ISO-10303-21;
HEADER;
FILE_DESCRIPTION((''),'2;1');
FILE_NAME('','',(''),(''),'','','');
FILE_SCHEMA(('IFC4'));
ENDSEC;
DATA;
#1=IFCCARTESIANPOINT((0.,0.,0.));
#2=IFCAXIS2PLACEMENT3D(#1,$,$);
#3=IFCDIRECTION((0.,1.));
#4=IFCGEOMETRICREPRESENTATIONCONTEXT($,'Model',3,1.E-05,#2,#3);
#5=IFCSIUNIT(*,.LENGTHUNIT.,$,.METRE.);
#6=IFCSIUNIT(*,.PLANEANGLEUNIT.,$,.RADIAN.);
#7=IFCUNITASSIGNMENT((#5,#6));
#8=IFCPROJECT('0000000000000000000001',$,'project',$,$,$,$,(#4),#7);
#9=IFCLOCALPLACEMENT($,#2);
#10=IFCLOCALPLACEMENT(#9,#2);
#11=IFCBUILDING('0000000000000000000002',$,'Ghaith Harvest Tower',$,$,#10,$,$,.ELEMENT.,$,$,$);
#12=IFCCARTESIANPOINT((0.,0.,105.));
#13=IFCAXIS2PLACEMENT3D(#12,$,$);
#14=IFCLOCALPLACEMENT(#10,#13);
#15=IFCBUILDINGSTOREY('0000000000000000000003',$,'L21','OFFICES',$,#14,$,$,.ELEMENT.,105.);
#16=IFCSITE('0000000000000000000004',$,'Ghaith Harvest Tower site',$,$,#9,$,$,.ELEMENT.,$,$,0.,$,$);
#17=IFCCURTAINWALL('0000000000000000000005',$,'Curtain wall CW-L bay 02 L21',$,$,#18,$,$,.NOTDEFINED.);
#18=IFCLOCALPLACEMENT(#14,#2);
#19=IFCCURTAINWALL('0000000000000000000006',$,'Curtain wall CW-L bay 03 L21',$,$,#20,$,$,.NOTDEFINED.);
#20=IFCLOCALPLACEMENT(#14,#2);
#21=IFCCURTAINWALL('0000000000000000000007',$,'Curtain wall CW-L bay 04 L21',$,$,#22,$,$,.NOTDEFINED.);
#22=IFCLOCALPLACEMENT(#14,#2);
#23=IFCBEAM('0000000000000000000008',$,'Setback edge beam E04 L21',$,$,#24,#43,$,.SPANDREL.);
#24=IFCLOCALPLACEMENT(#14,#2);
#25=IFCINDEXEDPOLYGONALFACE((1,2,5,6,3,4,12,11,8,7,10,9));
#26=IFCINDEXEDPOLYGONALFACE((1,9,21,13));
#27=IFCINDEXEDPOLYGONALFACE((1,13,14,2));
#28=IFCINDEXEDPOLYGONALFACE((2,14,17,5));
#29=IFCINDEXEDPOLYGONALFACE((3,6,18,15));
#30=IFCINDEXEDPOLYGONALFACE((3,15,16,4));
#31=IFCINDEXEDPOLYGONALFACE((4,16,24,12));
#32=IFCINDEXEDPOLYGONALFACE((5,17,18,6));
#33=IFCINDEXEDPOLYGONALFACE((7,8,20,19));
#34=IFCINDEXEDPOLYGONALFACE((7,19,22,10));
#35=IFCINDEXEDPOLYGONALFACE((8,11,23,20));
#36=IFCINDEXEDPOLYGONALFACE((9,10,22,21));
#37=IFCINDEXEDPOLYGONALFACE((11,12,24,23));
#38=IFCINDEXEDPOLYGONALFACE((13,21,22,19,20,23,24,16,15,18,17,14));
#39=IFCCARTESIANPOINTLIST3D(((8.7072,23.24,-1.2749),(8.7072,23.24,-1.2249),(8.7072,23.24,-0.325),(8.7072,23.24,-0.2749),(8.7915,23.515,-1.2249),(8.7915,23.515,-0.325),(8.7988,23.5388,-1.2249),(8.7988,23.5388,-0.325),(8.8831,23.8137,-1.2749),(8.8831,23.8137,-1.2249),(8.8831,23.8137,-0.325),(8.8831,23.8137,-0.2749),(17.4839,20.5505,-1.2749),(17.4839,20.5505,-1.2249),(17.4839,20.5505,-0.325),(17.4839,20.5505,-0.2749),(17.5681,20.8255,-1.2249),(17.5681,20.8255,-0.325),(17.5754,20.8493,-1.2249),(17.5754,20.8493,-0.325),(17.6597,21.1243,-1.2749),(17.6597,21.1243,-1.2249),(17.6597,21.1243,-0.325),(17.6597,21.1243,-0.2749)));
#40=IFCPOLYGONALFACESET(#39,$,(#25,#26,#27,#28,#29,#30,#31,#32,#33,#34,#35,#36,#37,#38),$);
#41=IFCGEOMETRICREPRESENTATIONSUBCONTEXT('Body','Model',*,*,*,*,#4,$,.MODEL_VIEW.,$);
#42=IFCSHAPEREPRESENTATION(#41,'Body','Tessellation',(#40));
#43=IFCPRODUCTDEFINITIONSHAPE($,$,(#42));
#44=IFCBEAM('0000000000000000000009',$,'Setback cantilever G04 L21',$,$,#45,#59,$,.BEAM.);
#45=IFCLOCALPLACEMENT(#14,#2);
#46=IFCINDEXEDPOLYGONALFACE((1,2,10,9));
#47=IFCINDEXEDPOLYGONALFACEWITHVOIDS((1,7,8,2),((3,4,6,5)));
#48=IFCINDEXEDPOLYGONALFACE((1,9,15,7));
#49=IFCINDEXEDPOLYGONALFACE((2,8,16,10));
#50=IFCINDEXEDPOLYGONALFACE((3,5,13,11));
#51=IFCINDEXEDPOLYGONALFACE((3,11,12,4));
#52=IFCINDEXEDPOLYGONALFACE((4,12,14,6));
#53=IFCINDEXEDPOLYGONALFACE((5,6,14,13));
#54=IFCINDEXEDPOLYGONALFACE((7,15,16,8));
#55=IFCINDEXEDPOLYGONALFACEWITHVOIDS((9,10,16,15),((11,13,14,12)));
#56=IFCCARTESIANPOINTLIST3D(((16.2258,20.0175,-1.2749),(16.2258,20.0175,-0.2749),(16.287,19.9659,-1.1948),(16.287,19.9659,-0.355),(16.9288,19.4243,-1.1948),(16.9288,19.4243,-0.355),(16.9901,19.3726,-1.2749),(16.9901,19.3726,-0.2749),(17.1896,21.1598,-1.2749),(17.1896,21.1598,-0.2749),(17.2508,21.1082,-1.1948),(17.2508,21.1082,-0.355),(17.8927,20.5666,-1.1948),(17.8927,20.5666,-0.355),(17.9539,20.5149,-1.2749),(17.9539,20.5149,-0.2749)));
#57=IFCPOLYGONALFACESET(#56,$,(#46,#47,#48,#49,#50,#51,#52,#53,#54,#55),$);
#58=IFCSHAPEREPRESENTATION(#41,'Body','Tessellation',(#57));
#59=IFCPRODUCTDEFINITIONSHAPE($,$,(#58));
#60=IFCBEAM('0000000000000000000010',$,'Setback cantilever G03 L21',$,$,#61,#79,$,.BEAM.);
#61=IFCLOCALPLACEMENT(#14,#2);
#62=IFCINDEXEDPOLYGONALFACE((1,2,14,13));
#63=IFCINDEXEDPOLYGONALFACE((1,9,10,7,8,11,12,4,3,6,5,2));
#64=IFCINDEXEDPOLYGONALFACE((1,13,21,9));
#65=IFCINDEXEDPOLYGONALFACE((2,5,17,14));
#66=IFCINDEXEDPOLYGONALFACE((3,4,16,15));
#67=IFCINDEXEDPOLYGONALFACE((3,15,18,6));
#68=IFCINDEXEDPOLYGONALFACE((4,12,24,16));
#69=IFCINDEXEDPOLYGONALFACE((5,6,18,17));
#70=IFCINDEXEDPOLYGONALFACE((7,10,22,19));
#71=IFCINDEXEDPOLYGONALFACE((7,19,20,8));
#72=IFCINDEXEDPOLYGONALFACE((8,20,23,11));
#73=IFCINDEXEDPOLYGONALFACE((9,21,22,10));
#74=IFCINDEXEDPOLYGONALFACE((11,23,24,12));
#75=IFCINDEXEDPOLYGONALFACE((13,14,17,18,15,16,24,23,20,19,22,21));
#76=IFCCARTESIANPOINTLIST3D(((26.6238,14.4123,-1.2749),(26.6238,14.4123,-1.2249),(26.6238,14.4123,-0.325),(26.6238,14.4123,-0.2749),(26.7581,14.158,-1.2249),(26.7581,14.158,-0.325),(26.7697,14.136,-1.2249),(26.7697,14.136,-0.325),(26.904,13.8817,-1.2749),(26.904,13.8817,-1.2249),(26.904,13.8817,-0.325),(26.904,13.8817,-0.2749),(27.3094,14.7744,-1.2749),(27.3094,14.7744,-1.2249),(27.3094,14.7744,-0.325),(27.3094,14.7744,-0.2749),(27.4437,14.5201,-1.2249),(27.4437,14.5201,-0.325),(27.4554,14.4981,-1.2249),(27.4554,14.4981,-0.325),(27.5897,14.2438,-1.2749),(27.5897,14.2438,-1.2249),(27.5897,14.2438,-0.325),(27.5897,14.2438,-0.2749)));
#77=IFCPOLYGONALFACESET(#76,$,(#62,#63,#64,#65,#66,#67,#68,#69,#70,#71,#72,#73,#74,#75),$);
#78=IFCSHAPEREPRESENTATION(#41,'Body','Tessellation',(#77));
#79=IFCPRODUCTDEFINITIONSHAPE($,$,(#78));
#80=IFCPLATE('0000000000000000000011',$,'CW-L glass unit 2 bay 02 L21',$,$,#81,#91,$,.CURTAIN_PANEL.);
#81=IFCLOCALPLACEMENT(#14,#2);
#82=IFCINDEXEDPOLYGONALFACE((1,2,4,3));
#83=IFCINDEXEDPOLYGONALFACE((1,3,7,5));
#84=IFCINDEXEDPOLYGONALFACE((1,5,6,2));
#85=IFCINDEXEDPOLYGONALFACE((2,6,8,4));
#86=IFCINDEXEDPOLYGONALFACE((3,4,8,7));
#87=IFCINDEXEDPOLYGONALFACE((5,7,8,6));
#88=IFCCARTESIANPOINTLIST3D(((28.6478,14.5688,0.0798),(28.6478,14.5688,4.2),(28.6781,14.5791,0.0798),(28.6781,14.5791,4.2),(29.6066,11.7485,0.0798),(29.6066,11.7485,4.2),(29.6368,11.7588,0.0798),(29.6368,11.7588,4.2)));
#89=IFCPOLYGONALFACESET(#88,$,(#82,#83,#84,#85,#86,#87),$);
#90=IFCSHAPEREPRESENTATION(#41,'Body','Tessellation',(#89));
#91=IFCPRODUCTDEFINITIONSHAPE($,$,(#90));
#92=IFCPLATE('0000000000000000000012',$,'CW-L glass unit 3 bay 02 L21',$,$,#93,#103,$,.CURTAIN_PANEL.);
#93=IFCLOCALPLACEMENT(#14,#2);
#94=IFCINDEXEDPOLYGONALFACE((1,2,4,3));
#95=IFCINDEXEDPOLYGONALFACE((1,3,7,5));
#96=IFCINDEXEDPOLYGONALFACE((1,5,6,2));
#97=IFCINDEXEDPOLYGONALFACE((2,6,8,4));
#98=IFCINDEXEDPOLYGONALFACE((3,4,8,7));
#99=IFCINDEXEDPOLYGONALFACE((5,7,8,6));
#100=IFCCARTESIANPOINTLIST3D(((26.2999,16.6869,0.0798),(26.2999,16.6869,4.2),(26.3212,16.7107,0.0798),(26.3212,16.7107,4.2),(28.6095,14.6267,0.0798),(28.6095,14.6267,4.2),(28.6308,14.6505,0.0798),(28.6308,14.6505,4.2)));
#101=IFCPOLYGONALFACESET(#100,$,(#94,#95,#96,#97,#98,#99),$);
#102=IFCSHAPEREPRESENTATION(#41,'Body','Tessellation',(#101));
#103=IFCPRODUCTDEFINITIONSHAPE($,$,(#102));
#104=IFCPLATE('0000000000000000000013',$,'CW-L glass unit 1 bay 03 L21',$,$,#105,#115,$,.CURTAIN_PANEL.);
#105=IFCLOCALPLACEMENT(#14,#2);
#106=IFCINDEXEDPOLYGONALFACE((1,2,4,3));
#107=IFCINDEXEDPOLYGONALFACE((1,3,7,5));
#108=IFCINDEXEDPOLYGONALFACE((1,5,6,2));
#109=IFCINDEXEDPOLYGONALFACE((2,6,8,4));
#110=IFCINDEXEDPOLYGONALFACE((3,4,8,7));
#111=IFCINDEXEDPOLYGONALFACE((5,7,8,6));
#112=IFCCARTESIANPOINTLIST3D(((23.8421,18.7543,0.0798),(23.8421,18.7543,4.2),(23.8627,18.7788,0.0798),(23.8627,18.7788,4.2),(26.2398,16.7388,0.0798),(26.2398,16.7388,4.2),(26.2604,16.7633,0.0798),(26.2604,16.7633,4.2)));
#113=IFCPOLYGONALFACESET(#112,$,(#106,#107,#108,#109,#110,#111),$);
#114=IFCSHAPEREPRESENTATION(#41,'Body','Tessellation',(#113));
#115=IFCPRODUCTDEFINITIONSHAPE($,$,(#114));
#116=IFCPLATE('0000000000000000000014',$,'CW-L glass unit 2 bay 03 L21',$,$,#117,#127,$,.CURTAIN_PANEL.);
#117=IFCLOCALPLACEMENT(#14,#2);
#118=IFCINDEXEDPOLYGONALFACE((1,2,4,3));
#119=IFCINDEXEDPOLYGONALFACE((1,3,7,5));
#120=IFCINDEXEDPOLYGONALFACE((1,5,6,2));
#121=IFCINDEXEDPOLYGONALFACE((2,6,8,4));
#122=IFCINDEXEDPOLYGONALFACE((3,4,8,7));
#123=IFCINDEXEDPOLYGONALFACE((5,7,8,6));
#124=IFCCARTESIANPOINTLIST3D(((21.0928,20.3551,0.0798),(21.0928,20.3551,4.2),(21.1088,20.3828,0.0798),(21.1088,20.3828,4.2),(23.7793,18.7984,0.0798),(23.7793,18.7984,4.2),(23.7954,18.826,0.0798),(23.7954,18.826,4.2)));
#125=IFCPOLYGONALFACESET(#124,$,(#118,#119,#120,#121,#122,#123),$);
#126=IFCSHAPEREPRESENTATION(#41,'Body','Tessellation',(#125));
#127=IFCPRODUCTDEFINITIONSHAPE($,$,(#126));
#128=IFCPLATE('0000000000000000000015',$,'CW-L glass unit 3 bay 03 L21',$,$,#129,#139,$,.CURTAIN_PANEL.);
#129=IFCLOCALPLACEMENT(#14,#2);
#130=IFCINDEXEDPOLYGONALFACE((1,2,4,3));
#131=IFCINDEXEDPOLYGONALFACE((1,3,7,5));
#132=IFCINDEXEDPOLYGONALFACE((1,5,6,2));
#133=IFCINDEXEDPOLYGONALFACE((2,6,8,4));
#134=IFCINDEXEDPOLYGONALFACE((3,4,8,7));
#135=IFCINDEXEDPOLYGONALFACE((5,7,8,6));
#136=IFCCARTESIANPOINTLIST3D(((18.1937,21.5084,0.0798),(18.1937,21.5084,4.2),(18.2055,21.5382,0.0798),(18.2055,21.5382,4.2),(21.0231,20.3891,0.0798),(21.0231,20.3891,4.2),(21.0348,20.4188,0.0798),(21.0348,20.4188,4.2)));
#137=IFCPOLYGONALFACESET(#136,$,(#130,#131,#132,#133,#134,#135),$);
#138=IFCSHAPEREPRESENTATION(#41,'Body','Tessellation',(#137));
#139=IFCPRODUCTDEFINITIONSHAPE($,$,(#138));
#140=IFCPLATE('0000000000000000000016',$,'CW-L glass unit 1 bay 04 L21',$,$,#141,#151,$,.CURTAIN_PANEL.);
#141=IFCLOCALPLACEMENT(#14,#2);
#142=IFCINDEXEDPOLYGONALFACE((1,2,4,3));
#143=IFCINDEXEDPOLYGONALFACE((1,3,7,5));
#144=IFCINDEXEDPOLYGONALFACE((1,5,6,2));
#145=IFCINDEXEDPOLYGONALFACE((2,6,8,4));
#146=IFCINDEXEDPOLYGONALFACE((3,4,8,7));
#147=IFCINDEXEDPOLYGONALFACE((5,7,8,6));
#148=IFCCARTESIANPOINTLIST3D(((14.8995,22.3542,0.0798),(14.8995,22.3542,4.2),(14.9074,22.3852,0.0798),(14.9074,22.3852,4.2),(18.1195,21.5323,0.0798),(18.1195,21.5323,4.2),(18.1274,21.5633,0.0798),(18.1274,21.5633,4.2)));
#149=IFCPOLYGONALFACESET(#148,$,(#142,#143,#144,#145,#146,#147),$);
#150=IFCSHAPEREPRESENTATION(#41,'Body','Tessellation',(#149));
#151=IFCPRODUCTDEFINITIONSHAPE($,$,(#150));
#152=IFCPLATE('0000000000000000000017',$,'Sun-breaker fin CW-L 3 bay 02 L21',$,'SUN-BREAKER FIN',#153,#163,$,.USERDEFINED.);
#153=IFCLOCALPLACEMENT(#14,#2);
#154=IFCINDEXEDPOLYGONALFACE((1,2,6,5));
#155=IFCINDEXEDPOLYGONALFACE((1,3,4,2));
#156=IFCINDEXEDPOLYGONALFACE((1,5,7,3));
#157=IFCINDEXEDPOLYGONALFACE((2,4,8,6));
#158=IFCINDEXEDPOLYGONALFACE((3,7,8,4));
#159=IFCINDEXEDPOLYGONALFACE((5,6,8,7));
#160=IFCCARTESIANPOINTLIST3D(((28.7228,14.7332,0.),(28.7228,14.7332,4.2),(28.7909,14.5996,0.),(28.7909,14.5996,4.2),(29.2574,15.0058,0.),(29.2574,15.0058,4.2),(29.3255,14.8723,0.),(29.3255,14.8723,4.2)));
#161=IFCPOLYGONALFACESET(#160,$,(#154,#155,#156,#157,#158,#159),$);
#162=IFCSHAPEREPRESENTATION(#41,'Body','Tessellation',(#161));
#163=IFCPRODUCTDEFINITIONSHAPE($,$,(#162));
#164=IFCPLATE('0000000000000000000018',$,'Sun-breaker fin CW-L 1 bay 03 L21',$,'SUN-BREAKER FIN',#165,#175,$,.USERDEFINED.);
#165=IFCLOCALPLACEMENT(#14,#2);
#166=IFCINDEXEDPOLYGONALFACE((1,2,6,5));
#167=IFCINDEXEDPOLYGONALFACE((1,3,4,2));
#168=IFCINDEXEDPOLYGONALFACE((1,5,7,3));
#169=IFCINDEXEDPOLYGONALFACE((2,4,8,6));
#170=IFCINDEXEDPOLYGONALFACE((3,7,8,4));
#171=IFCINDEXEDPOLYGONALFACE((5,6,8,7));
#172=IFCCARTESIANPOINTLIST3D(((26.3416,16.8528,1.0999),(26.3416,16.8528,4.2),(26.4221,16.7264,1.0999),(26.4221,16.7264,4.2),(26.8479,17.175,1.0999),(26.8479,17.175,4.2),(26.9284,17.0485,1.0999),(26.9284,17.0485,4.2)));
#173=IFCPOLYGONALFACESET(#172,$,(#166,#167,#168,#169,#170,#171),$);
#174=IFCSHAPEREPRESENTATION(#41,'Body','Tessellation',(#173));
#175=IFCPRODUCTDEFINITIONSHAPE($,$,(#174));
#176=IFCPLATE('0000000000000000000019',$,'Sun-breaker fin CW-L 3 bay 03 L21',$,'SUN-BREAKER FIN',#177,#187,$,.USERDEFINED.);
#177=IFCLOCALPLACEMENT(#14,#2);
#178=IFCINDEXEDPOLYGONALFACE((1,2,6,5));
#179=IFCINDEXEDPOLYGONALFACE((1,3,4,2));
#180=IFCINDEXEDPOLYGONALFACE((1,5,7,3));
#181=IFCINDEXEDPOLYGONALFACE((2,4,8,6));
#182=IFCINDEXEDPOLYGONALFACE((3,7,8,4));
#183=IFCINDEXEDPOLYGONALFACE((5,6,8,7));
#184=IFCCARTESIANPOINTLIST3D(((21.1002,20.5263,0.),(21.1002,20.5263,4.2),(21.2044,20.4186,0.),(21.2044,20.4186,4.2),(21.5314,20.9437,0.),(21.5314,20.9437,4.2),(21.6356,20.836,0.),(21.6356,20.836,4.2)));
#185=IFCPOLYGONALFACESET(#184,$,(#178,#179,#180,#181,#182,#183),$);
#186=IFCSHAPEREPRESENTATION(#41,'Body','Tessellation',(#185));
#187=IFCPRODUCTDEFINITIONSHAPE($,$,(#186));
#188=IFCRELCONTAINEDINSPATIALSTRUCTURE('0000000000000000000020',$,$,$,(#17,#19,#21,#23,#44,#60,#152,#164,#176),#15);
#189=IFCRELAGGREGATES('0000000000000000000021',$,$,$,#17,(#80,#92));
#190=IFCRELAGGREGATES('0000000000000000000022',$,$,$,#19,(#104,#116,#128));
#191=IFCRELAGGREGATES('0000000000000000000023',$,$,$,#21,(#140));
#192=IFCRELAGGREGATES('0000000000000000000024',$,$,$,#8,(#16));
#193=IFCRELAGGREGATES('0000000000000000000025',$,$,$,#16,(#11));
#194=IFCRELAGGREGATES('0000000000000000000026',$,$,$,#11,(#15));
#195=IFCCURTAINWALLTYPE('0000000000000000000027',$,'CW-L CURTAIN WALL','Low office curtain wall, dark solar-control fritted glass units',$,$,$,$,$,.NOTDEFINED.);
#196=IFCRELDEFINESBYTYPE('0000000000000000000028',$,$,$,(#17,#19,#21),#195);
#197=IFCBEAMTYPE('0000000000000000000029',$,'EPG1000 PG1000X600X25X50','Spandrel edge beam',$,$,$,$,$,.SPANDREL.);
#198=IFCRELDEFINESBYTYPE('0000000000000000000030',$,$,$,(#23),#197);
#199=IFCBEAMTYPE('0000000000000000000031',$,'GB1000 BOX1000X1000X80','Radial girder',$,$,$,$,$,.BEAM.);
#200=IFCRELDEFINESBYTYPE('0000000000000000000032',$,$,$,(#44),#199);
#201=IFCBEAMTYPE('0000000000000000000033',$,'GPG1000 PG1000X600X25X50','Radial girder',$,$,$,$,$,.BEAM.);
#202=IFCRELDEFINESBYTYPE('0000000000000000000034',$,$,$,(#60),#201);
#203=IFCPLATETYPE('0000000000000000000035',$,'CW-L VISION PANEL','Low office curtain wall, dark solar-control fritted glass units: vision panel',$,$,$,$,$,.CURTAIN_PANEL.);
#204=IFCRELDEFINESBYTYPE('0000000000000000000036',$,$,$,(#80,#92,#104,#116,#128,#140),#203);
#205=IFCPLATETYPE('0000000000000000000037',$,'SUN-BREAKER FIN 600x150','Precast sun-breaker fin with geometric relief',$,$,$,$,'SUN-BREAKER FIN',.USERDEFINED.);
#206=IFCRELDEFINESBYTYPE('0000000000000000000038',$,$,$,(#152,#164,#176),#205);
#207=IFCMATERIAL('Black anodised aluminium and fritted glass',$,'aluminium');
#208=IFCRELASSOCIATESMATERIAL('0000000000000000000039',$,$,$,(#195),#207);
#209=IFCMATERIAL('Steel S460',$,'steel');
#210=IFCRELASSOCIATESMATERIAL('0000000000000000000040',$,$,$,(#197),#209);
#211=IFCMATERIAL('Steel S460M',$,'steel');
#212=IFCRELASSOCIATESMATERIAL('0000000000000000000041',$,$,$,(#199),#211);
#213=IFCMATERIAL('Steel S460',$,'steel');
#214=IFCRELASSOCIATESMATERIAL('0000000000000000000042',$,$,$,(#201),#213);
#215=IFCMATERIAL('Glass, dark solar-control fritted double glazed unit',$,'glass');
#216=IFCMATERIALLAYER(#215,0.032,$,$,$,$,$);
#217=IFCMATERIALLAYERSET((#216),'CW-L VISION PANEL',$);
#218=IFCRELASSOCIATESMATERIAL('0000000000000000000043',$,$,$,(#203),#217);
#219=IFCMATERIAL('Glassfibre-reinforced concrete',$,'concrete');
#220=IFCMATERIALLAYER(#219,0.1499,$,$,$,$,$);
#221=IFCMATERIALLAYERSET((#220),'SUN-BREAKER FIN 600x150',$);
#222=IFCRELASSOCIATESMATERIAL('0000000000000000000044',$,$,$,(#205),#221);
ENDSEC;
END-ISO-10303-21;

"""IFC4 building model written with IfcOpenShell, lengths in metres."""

from ifc_helpers import new_model, si_unit, direction, frame, origin, origin_2d, place, context, subcontext, project, spatial, rectangle, hollow_rectangle, i_section, extrude, material, layer, layer_set, material_profile, profile_set, type_object, element, aggregate, save


model = new_model("IFC4")

# Units and contexts
model_context = context("Model", 3, precision=1e-05, world=origin(), true_north=direction((0.0, 1.0)))
body_context = subcontext(model_context, "Body", "Model", "MODEL_VIEW")
ifc_project = project(units=[si_unit("LENGTHUNIT", "METRE"), si_unit("PLANEANGLEUNIT", "RADIAN")], contexts=[model_context])

# Site, building, storey
site_placement = place(None, origin())
site = spatial("IfcSite", under=ifc_project, at=site_placement, Name="Ghaith Harvest Tower site", CompositionType="ELEMENT", RefElevation=0.0)
building_placement = place(site_placement, origin())
building = spatial("IfcBuilding", under=site, at=building_placement, Name="Ghaith Harvest Tower", CompositionType="ELEMENT")
storey_placement = place(building_placement, frame((0.0, 0.0, 105.0)))
storey = spatial("IfcBuildingStorey", under=building, at=storey_placement, Name="L21", Description="OFFICES", CompositionType="ELEMENT", Elevation=105.0)

# Curtain wall
ifc_material_1 = material(Name="Black anodised aluminium and fritted glass", Category="aluminium")
curtain_wall_type = type_object("IfcCurtainWallType", Name="CW-L CURTAIN WALL", Description="Low office curtain wall, dark solar-control fritted glass units", PredefinedType="NOTDEFINED", material=ifc_material_1)
curtain_wall_1_placement = place(storey_placement, origin())
curtain_wall_1 = element("IfcCurtainWall", 1, at=curtain_wall_1_placement, inside=storey, type_object=curtain_wall_type, Name="Curtain wall CW-L bay 02 L21", PredefinedType="NOTDEFINED")

# Curtain wall
curtain_wall_2_placement = place(storey_placement, origin())
curtain_wall_2 = element("IfcCurtainWall", 2, at=curtain_wall_2_placement, inside=storey, type_object=curtain_wall_type, Name="Curtain wall CW-L bay 03 L21", PredefinedType="NOTDEFINED")

# Curtain wall
curtain_wall_3_placement = place(storey_placement, origin())
curtain_wall_3 = element("IfcCurtainWall", 3, at=curtain_wall_3_placement, inside=storey, type_object=curtain_wall_type, Name="Curtain wall CW-L bay 04 L21", PredefinedType="NOTDEFINED")

# Beams
ifc_material_2 = material(Name="Steel S460", Category="steel")
ifc_material_profile_1 = material_profile(ifc_material_2, i_section(OverallWidth=0.6001, OverallDepth=1.0, WebThickness=0.0249, FlangeThickness=0.05, at=origin_2d()), Name="PG1000X600X25X50")
ifc_profile_set_1 = profile_set([ifc_material_profile_1], Name="Steel S460")
beam_type_1 = type_object("IfcBeamType", Name="EPG1000 PG1000X600X25X50", Description="Spandrel edge beam", PredefinedType="SPANDREL", material=ifc_profile_set_1)
beam_1_placement = place(storey_placement, frame((17.5718, 20.8374, -0.7749), z_axis=(-0.956117, 0.292987, 0.0), x_axis=(-0.292987, -0.956117, 0.0)))
element("IfcBeam", 4, at=beam_1_placement, inside=storey, type_object=beam_type_1, Name="Setback edge beam E04 L21", PredefinedType="SPANDREL", context=body_context, shape_type="SweptSolid", body=[
    extrude(i_section(OverallWidth=0.6001, OverallDepth=1.0, WebThickness=0.0249, FlangeThickness=0.05, at=origin_2d()), origin(), (0.0, 0.0, 1.0), 9.1794),
])
ifc_material_3 = material(Name="Steel S460M", Category="steel")
ifc_material_profile_2 = material_profile(ifc_material_3, hollow_rectangle(XDim=1.0, YDim=1.0, WallThickness=0.0801, at=origin_2d()), Name="BOX1000X1000X80")
ifc_profile_set_2 = profile_set([ifc_material_profile_2], Name="Steel S460M")
beam_type_2 = type_object("IfcBeamType", Name="GB1000 BOX1000X1000X80", Description="Radial girder", PredefinedType="BEAM", material=ifc_profile_set_2)
beam_2_placement = place(storey_placement, frame((16.6079, 19.6951, -0.7749), z_axis=(0.64488, 0.764284, 0.0), x_axis=(-0.764284, 0.64488, 0.0)))
element("IfcBeam", 5, at=beam_2_placement, inside=storey, type_object=beam_type_2, Name="Setback cantilever G04 L21", PredefinedType="BEAM", context=body_context, shape_type="SweptSolid", body=[
    extrude(hollow_rectangle(XDim=1.0, YDim=1.0, WallThickness=0.0801, at=origin_2d()), origin(), (0.0, 0.0, 1.0), 1.4946),
])
ifc_material_4 = material(Name="Steel S460", Category="steel")
ifc_material_profile_3 = material_profile(ifc_material_4, i_section(OverallWidth=0.6001, OverallDepth=1.0, WebThickness=0.0249, FlangeThickness=0.05, at=origin_2d()), Name="PG1000X600X25X50")
ifc_profile_set_3 = profile_set([ifc_material_profile_3], Name="Steel S460")
beam_type_3 = type_object("IfcBeamType", Name="GPG1000 PG1000X600X25X50", Description="Radial girder", PredefinedType="BEAM", material=ifc_profile_set_3)
beam_3_placement = place(storey_placement, frame((26.7639, 14.147, -0.7749), z_axis=(0.884255, 0.467005, 0.0), x_axis=(-0.467005, 0.884255, 0.0)))
element("IfcBeam", 6, at=beam_3_placement, inside=storey, type_object=beam_type_3, Name="Setback cantilever G03 L21", PredefinedType="BEAM", context=body_context, shape_type="SweptSolid", body=[
    extrude(i_section(OverallWidth=0.6001, OverallDepth=1.0, WebThickness=0.0249, FlangeThickness=0.05, at=origin_2d()), origin(), (0.0, 0.0, 1.0), 0.7754),
])

# Plates
ifc_material_5 = material(Name="Glass, dark solar-control fritted double glazed unit", Category="glass")
ifc_layer_1 = layer(ifc_material_5, 0.032)
ifc_layer_set_1 = layer_set([ifc_layer_1], Name="CW-L VISION PANEL")
plate_type_1 = type_object("IfcPlateType", Name="CW-L VISION PANEL", Description="Low office curtain wall, dark solar-control fritted glass units: vision panel", PredefinedType="CURTAIN_PANEL", material=ifc_layer_set_1)
plate_1_placement = place(storey_placement, frame((29.1423, 13.1638, 0.0798), z_axis=(0.0, 0.0, 1.0), x_axis=(-0.321853, 0.94679, 0.0)))
plate_1 = element("IfcPlate", 7, at=plate_1_placement, type_object=plate_type_1, Name="CW-L glass unit 2 bay 02 L21", PredefinedType="CURTAIN_PANEL", context=body_context, shape_type="SweptSolid", body=[
    extrude(rectangle(XDim=2.9788, YDim=0.032, at=origin_2d()), origin(), (0.0, 0.0, 1.0), 4.1201),
])
plate_2_placement = place(storey_placement, frame((27.4653, 15.6687, 0.0798), z_axis=(0.0, 0.0, 1.0), x_axis=(-0.746251, 0.665665, 0.0)))
plate_2 = element("IfcPlate", 8, at=plate_2_placement, type_object=plate_type_1, Name="CW-L glass unit 3 bay 02 L21", PredefinedType="CURTAIN_PANEL", context=body_context, shape_type="SweptSolid", body=[
    extrude(rectangle(XDim=3.095, YDim=0.032, at=origin_2d()), origin(), (0.0, 0.0, 1.0), 4.1201),
])
aggregate(curtain_wall_1, [plate_1, plate_2])
plate_3_placement = place(storey_placement, frame((25.0513, 17.7588, 0.0798), z_axis=(0.0, 0.0, 1.0), x_axis=(-0.765473, 0.643468, 0.0)))
plate_3 = element("IfcPlate", 9, at=plate_3_placement, type_object=plate_type_1, Name="CW-L glass unit 1 bay 03 L21", PredefinedType="CURTAIN_PANEL", context=body_context, shape_type="SweptSolid", body=[
    extrude(rectangle(XDim=3.1323, YDim=0.032, at=origin_2d()), origin(), (0.0, 0.0, 1.0), 4.1201),
])
plate_4_placement = place(storey_placement, frame((22.4441, 19.5906, 0.0798), z_axis=(0.0, 0.0, 1.0), x_axis=(-0.865232, 0.501372, 0.0)))
plate_4 = element("IfcPlate", 10, at=plate_4_placement, type_object=plate_type_1, Name="CW-L glass unit 2 bay 03 L21", PredefinedType="CURTAIN_PANEL", context=body_context, shape_type="SweptSolid", body=[
    extrude(rectangle(XDim=3.105, YDim=0.032, at=origin_2d()), origin(), (0.0, 0.0, 1.0), 4.1201),
])
plate_5_placement = place(storey_placement, frame((19.6143, 20.9636, 0.0798), z_axis=(0.0, 0.0, 1.0), x_axis=(-0.929877, 0.367872, 0.0)))
plate_5 = element("IfcPlate", 11, at=plate_5_placement, type_object=plate_type_1, Name="CW-L glass unit 3 bay 03 L21", PredefinedType="CURTAIN_PANEL", context=body_context, shape_type="SweptSolid", body=[
    extrude(rectangle(XDim=3.0427, YDim=0.032, at=origin_2d()), origin(), (0.0, 0.0, 1.0), 4.1201),
])
aggregate(curtain_wall_2, [plate_3, plate_4, plate_5])
plate_6_placement = place(storey_placement, frame((16.5134, 21.9587, 0.0798), z_axis=(0.0, 0.0, 1.0), x_axis=(-0.968931, 0.247331, 0.0)))
plate_6 = element("IfcPlate", 12, at=plate_6_placement, type_object=plate_type_1, Name="CW-L glass unit 1 bay 04 L21", PredefinedType="CURTAIN_PANEL", context=body_context, shape_type="SweptSolid", body=[
    extrude(rectangle(XDim=3.3232, YDim=0.032, at=origin_2d()), origin(), (0.0, 0.0, 1.0), 4.1201),
])
aggregate(curtain_wall_3, [plate_6])

# Plates
ifc_material_6 = material(Name="Glassfibre-reinforced concrete", Category="concrete")
ifc_layer_2 = layer(ifc_material_6, 0.1499)
ifc_layer_set_2 = layer_set([ifc_layer_2], Name="SUN-BREAKER FIN 600x150")
plate_type_2 = type_object("IfcPlateType", Name="SUN-BREAKER FIN 600x150", Description="Precast sun-breaker fin with geometric relief", ElementType="SUN-BREAKER FIN", PredefinedType="USERDEFINED", material=ifc_layer_set_2)
plate_7_placement = place(storey_placement, frame((29.0242, 14.8027, 0.0), z_axis=(0.0, 0.0, 1.0), x_axis=(0.890831, 0.454335, 0.0)))
element("IfcPlate", 13, at=plate_7_placement, inside=storey, type_object=plate_type_2, Name="Sun-breaker fin CW-L 3 bay 02 L21", ObjectType="SUN-BREAKER FIN", PredefinedType="USERDEFINED", context=body_context, shape_type="SweptSolid", body=[
    extrude(rectangle(XDim=0.6001, YDim=0.1499, at=origin_2d()), origin(), (0.0, 0.0, 1.0), 4.2),
])
plate_8_placement = place(storey_placement, frame((26.635, 16.9507, 1.0999), z_axis=(0.0, 0.0, 1.0), x_axis=(0.843644, 0.536903, 0.0)))
element("IfcPlate", 14, at=plate_8_placement, inside=storey, type_object=plate_type_2, Name="Sun-breaker fin CW-L 1 bay 03 L21", ObjectType="SUN-BREAKER FIN", PredefinedType="USERDEFINED", context=body_context, shape_type="SweptSolid", body=[
    extrude(rectangle(XDim=0.6001, YDim=0.1499, at=origin_2d()), origin(), (0.0, 0.0, 1.0), 3.1001),
])
plate_9_placement = place(storey_placement, frame((21.3679, 20.6812, 0.0), z_axis=(0.0, 0.0, 1.0), x_axis=(0.718559, 0.695466, 0.0)))
element("IfcPlate", 15, at=plate_9_placement, inside=storey, type_object=plate_type_2, Name="Sun-breaker fin CW-L 3 bay 03 L21", ObjectType="SUN-BREAKER FIN", PredefinedType="USERDEFINED", context=body_context, shape_type="SweptSolid", body=[
    extrude(rectangle(XDim=0.6001, YDim=0.1499, at=origin_2d()), origin(), (0.0, 0.0, 1.0), 4.2),
])

save(model, "model.ifc")
